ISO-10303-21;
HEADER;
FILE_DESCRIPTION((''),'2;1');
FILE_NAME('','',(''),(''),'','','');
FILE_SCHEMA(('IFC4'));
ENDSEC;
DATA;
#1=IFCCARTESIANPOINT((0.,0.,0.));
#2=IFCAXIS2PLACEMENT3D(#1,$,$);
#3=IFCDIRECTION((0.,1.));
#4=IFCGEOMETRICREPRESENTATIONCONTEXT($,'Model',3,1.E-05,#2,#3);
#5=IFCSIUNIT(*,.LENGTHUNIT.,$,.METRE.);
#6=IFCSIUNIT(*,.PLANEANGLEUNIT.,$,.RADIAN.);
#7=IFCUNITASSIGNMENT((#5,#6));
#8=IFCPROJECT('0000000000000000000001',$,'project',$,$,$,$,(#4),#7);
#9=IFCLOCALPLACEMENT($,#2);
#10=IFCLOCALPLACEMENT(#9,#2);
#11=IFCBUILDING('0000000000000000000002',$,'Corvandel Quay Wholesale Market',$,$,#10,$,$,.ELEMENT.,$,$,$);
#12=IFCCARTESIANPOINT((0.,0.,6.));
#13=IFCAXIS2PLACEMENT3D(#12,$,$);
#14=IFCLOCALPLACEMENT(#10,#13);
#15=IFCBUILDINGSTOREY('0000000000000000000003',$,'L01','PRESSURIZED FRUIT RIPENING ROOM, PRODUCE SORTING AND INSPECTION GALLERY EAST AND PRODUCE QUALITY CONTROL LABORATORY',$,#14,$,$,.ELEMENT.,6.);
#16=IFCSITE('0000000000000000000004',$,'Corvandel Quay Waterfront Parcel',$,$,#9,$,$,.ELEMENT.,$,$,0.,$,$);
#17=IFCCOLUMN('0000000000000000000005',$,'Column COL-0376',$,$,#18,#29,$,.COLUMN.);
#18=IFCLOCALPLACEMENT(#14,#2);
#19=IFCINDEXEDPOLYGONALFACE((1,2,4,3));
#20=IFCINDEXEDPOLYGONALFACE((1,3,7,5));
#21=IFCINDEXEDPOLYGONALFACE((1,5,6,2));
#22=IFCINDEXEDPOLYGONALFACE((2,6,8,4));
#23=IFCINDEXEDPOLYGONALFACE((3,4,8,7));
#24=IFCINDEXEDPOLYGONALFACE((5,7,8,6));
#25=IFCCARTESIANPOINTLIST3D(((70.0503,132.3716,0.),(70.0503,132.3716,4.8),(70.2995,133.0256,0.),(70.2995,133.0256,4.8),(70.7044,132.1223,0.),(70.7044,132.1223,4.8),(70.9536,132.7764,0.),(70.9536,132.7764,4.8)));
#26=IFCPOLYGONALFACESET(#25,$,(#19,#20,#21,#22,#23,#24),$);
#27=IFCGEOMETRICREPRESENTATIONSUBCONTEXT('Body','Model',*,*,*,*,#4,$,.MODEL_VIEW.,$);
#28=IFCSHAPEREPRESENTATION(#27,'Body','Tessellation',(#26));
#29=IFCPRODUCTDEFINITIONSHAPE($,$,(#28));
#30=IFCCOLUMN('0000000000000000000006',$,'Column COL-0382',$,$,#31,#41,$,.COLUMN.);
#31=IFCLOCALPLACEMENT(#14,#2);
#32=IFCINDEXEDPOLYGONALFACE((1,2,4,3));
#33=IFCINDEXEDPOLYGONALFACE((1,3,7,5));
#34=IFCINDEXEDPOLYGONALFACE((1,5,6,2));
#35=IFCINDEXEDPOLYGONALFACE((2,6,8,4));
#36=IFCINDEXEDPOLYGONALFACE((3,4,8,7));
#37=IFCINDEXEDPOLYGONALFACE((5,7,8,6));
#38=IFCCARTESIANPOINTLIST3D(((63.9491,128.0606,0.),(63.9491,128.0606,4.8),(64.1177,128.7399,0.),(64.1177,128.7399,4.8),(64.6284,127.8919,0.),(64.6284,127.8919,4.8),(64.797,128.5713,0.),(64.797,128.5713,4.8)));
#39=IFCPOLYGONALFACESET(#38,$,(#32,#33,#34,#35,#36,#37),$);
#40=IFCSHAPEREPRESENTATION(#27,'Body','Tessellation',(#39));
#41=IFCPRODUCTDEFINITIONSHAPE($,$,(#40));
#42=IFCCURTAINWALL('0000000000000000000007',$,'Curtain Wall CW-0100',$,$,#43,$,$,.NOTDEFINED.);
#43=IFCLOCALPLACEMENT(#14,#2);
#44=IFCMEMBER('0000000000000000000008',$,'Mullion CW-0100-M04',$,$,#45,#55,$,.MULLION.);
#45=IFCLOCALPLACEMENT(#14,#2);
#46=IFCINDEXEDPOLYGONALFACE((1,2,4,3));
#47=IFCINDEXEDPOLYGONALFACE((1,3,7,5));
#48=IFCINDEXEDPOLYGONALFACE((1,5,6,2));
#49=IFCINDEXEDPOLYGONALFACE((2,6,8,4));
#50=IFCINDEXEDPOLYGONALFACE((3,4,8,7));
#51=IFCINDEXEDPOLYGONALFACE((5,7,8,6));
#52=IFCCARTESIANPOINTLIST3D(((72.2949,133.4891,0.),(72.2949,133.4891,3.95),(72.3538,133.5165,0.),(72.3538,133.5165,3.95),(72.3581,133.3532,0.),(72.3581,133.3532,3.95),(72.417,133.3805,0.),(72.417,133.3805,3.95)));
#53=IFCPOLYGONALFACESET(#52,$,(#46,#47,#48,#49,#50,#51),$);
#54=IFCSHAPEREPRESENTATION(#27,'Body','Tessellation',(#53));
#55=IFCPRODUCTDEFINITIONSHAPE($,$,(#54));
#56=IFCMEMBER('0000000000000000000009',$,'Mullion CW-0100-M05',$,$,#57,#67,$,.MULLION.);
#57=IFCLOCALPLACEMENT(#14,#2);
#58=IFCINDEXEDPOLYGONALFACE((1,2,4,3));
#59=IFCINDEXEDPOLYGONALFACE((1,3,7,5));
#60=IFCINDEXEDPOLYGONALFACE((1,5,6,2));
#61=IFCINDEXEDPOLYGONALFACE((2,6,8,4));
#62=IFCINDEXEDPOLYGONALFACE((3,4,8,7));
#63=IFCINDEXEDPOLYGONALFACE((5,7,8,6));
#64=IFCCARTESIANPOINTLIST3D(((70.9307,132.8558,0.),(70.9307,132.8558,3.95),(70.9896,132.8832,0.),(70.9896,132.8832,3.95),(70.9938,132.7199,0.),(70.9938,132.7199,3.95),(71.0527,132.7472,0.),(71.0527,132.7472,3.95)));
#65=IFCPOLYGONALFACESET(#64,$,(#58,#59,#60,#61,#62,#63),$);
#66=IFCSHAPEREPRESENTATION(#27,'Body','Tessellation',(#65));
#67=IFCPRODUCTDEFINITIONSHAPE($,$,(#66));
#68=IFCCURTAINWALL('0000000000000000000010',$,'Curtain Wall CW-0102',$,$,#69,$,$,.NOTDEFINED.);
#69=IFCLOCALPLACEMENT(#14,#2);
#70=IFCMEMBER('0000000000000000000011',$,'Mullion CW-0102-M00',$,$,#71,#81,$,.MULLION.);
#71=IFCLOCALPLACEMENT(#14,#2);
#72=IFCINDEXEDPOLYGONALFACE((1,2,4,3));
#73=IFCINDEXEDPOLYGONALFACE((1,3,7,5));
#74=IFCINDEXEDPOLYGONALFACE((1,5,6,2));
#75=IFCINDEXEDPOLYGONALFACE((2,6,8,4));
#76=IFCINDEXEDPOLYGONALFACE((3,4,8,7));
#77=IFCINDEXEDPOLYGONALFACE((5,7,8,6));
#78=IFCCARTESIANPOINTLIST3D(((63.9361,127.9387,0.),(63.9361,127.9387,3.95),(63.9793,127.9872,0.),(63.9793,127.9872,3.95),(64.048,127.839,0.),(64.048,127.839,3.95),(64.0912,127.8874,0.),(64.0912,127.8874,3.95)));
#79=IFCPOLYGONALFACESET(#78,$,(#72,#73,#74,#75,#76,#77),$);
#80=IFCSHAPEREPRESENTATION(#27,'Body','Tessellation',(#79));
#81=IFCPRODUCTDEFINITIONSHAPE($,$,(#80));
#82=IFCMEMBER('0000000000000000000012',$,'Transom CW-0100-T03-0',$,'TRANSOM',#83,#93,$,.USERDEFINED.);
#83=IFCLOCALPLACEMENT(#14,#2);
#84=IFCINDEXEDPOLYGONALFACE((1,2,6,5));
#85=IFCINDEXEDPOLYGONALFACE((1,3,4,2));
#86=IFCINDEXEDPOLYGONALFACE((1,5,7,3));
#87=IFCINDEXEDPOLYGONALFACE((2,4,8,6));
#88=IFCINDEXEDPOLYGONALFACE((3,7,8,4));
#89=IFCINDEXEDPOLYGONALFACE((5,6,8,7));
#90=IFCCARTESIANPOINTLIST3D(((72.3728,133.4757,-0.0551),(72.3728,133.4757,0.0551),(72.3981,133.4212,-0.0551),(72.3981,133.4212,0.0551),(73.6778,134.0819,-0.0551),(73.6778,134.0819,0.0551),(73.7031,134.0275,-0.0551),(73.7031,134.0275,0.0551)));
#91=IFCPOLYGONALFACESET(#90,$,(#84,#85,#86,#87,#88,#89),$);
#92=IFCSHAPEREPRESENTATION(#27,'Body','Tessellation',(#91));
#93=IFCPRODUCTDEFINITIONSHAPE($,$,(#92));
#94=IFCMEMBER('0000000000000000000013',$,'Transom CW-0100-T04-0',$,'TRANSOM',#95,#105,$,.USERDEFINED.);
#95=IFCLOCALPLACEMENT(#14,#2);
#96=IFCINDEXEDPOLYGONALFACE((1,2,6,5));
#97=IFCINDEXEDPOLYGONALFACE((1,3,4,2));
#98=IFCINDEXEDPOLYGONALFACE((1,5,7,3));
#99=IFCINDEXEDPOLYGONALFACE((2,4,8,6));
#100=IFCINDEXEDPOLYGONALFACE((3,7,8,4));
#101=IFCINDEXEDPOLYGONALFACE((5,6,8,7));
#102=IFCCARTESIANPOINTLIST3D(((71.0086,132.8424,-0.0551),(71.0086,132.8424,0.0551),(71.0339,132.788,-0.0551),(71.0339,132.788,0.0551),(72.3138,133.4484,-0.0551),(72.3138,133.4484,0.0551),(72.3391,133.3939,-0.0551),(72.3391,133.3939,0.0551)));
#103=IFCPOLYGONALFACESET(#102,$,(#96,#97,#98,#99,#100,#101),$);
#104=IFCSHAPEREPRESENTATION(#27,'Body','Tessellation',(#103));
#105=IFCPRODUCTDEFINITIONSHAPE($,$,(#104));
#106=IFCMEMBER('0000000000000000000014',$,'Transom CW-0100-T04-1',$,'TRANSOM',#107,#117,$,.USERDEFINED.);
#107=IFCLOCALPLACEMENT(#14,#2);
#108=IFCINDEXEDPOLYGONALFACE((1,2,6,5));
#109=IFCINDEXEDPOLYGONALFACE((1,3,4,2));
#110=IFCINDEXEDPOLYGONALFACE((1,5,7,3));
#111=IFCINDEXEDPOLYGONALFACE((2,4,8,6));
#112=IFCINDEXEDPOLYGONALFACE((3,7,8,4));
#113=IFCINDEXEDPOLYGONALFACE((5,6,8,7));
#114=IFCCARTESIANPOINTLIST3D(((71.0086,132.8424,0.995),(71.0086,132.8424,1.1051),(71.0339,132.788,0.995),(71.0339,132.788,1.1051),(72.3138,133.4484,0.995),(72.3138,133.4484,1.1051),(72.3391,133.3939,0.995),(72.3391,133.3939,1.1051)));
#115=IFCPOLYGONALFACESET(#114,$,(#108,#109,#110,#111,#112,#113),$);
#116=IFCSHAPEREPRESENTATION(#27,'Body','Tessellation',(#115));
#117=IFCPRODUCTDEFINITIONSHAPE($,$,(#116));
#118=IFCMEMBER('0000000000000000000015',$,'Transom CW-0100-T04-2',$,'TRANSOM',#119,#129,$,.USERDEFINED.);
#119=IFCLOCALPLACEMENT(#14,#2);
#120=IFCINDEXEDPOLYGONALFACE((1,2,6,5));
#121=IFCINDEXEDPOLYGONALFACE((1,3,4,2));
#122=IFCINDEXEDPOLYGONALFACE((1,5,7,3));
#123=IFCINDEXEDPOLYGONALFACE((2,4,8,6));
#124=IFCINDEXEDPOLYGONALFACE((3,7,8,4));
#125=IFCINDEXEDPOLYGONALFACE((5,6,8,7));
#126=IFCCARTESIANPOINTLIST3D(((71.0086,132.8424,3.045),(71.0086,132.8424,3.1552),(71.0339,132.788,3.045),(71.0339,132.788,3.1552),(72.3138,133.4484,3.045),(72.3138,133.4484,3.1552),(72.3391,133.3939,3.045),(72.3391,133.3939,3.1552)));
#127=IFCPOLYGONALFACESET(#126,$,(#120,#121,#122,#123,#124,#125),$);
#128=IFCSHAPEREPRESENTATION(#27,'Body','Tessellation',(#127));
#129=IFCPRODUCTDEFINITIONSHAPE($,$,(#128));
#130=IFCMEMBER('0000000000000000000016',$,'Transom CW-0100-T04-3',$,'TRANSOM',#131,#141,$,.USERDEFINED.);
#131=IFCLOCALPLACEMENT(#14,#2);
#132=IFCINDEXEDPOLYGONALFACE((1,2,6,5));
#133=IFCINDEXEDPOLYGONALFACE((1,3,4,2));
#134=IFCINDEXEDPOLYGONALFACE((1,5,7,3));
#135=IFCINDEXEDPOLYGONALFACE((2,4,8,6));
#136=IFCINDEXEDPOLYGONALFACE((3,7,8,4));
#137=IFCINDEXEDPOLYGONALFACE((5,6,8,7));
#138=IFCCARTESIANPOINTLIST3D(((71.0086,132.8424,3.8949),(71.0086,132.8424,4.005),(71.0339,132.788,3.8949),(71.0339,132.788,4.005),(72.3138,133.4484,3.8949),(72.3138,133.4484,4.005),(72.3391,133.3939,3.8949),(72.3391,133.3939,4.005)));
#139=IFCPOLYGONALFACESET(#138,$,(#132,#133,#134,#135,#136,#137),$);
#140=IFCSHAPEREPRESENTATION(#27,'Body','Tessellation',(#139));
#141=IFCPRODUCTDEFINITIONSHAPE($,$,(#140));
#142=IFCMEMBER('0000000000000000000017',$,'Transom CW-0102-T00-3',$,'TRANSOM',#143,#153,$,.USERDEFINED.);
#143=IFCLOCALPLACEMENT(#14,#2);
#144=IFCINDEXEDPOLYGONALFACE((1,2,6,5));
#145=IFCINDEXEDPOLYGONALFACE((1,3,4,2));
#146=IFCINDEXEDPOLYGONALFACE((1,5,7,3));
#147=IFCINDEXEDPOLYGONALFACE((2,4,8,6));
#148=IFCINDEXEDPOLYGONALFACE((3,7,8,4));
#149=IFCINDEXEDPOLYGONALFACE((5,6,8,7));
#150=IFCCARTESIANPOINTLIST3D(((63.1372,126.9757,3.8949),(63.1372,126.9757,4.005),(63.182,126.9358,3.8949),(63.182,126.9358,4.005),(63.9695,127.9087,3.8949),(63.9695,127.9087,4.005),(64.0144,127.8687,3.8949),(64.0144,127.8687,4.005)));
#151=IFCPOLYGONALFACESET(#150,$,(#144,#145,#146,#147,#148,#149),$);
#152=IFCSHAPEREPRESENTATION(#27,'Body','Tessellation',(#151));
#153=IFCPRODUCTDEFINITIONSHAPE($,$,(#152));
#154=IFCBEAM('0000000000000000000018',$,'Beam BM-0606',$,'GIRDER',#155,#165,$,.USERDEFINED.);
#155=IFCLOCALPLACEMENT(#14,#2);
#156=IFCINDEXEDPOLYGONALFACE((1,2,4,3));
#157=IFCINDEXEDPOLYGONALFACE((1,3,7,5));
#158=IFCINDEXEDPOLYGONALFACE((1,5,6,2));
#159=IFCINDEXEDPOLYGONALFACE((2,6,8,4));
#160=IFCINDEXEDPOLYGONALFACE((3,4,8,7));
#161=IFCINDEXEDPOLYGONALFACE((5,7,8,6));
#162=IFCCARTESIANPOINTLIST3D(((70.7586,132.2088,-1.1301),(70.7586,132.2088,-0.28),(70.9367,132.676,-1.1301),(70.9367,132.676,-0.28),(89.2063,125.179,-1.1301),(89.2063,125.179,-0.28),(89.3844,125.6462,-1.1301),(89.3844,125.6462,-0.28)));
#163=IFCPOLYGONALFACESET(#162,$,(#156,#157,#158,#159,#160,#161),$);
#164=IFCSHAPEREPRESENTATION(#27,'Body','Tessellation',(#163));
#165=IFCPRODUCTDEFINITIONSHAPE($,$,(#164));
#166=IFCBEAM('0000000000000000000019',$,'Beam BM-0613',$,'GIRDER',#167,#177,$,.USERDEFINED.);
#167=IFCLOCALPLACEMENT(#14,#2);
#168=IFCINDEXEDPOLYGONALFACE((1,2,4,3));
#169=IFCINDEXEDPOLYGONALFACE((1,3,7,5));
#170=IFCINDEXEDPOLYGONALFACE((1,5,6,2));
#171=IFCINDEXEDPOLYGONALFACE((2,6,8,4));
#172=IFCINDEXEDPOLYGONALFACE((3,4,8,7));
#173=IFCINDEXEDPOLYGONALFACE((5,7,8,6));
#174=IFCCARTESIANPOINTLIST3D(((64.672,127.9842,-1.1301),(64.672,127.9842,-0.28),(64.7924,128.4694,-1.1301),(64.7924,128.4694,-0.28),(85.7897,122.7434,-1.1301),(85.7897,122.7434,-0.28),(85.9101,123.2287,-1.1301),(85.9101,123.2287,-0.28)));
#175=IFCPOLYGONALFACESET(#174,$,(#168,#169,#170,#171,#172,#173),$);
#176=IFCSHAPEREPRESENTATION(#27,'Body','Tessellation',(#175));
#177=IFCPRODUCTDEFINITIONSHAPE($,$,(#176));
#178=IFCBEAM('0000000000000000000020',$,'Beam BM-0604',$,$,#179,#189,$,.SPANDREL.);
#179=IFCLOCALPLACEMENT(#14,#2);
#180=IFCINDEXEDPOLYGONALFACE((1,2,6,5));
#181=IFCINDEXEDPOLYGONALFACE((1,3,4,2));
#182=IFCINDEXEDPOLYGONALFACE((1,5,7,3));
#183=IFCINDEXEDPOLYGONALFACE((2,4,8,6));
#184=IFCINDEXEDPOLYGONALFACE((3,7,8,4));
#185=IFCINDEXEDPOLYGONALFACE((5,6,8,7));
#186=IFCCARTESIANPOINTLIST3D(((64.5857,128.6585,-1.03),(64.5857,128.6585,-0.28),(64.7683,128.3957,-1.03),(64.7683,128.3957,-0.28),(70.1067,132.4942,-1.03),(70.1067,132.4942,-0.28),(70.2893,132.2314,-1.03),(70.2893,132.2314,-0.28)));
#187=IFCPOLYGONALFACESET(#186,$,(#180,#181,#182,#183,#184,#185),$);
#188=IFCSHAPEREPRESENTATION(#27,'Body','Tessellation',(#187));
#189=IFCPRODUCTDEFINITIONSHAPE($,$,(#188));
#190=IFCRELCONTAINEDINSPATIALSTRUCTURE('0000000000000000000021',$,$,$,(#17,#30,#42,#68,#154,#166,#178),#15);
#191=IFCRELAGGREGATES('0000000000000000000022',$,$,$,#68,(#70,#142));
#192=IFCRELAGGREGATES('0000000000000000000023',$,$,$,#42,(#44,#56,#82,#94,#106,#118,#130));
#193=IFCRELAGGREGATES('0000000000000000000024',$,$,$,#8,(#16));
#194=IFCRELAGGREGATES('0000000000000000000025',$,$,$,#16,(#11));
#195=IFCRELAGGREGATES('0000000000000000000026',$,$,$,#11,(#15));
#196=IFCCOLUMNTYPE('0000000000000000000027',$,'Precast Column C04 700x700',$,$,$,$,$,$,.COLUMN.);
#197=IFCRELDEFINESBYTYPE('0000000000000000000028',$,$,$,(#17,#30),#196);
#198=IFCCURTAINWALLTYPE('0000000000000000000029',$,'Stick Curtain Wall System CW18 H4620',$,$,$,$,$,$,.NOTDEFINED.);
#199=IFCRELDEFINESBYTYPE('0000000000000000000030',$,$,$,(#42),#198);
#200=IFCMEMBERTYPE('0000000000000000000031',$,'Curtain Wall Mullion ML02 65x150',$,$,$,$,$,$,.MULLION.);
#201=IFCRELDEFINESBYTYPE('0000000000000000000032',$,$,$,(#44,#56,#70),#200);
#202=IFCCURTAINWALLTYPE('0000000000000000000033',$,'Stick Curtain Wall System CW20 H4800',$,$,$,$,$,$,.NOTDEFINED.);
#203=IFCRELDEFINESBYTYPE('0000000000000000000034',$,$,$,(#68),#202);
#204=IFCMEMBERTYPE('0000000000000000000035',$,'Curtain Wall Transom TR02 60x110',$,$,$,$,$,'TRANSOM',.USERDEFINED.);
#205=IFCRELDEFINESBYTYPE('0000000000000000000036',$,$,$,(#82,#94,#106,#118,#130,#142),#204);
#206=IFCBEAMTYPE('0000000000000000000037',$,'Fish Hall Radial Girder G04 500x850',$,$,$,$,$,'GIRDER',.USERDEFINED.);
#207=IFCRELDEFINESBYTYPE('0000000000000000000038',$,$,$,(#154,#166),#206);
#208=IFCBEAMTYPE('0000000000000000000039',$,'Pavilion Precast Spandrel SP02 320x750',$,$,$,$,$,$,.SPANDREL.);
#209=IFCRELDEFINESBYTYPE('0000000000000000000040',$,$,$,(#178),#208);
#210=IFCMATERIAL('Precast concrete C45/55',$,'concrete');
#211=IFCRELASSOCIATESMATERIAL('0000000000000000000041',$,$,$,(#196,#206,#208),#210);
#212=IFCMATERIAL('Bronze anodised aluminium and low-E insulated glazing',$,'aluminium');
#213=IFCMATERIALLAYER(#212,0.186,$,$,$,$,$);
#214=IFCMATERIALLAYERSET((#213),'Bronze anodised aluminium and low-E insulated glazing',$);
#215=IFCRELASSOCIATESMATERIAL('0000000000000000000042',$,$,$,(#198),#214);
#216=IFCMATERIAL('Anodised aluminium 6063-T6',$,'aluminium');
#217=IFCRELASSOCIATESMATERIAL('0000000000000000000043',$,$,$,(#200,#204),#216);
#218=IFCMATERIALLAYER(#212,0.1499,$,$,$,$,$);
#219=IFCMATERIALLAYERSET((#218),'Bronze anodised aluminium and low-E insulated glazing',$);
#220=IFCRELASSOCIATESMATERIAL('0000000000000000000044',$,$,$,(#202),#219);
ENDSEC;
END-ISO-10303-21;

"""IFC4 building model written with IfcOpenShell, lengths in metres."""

from ifc_helpers import new_model, si_unit, direction, frame, origin, origin_2d, place, context, subcontext, project, spatial, rectangle, extrude, material, layer, layer_set, material_profile, profile_set, type_object, element, aggregate, save


model = new_model("IFC4")

# Units and contexts
model_context = context("Model", 3, precision=1e-05, world=origin(), true_north=direction((0.0, 1.0)))
body_context = subcontext(model_context, "Body", "Model", "MODEL_VIEW")
ifc_project = project(units=[si_unit("LENGTHUNIT", "METRE"), si_unit("PLANEANGLEUNIT", "RADIAN")], contexts=[model_context])

# Site, building, storey
site_placement = place(None, origin())
site = spatial("IfcSite", under=ifc_project, at=site_placement, Name="Corvandel Quay Waterfront Parcel", CompositionType="ELEMENT", RefElevation=0.0)
building_placement = place(site_placement, origin())
building = spatial("IfcBuilding", under=site, at=building_placement, Name="Corvandel Quay Wholesale Market", CompositionType="ELEMENT")
storey_placement = place(building_placement, frame((0.0, 0.0, 6.0)))
storey = spatial("IfcBuildingStorey", under=building, at=storey_placement, Name="L01", Description="PRESSURIZED FRUIT RIPENING ROOM, PRODUCE SORTING AND INSPECTION GALLERY EAST AND PRODUCE QUALITY CONTROL LABORATORY", CompositionType="ELEMENT", Elevation=6.0)

# Columns
ifc_material_1 = material(Name="Precast concrete C45/55", Category="concrete")
ifc_material_profile_1 = material_profile(ifc_material_1, rectangle(XDim=0.7, YDim=0.7, at=origin_2d()), Name="PC-COL-700x700")
ifc_profile_set_1 = profile_set([ifc_material_profile_1], Name="Precast concrete C45/55")
column_type = type_object("IfcColumnType", Name="Precast Column C04 700x700", PredefinedType="COLUMN", material=ifc_profile_set_1)
for number, where, z_axis, x_axis, name in (
    (1, (70.502, 132.574, 0.0), (0.0, 0.0, 1.0), (0.356086, 0.934453, 0.0), "Column COL-0376"),
    (2, (64.373, 128.3159, 0.0), (0.0, 0.0, 1.0), (0.240906, 0.970549, 0.0), "Column COL-0382"),
):
    element("IfcColumn", number, at=place(storey_placement, frame(where, z_axis=z_axis, x_axis=x_axis)), inside=storey, type_object=column_type, Name=name, PredefinedType="COLUMN", context=body_context, shape_type="SweptSolid", body=[
        extrude(rectangle(XDim=0.7, YDim=0.7, at=origin_2d()), origin(), (0.0, 0.0, 1.0), 4.8),
    ])

# Curtain wall, members
ifc_material_2 = material(Name="Bronze anodised aluminium and low-E insulated glazing", Category="aluminium")
ifc_layer_1 = layer(ifc_material_2, 0.186)
ifc_layer_set_1 = layer_set([ifc_layer_1], Name="Bronze anodised aluminium and low-E insulated glazing")
curtain_wall_type_1 = type_object("IfcCurtainWallType", Name="Stick Curtain Wall System CW18 H4620", PredefinedType="NOTDEFINED", material=ifc_layer_set_1)
curtain_wall_1_placement = place(storey_placement, origin())
curtain_wall_1 = element("IfcCurtainWall", 3, at=curtain_wall_1_placement, inside=storey, type_object=curtain_wall_type_1, Name="Curtain Wall CW-0100", PredefinedType="NOTDEFINED")
ifc_material_3 = material(Name="Anodised aluminium 6063-T6", Category="aluminium")
ifc_material_profile_2 = material_profile(ifc_material_3, rectangle(XDim=0.0649, YDim=0.1499, at=origin_2d()), Name="ALU-MUL-65x150")
ifc_profile_set_2 = profile_set([ifc_material_profile_2], Name="Anodised aluminium 6063-T6")
member_type_1 = type_object("IfcMemberType", Name="Curtain Wall Mullion ML02 65x150", PredefinedType="MULLION", material=ifc_profile_set_2)
member_1_placement = place(storey_placement, frame((72.356, 133.4348, 0.0), z_axis=(0.0, 0.0, 1.0), x_axis=(0.906971, 0.421194, 0.0)))
member_1 = element("IfcMember", 4, at=member_1_placement, type_object=member_type_1, Name="Mullion CW-0100-M04", PredefinedType="MULLION", context=body_context, shape_type="SweptSolid", body=[
    extrude(rectangle(XDim=0.0649, YDim=0.1499, at=origin_2d()), origin(), (0.0, 0.0, 1.0), 3.95),
])
member_2_placement = place(storey_placement, frame((70.9917, 132.8015, 0.0), z_axis=(0.0, 0.0, 1.0), x_axis=(0.906971, 0.421194, 0.0)))
member_2 = element("IfcMember", 5, at=member_2_placement, type_object=member_type_1, Name="Mullion CW-0100-M05", PredefinedType="MULLION", context=body_context, shape_type="SweptSolid", body=[
    extrude(rectangle(XDim=0.0649, YDim=0.1499, at=origin_2d()), origin(), (0.0, 0.0, 1.0), 3.95),
])

# Curtain wall, member
ifc_layer_2 = layer(ifc_material_2, 0.1499)
ifc_layer_set_2 = layer_set([ifc_layer_2], Name="Bronze anodised aluminium and low-E insulated glazing")
curtain_wall_type_2 = type_object("IfcCurtainWallType", Name="Stick Curtain Wall System CW20 H4800", PredefinedType="NOTDEFINED", material=ifc_layer_set_2)
curtain_wall_2_placement = place(storey_placement, origin())
curtain_wall_2 = element("IfcCurtainWall", 6, at=curtain_wall_2_placement, inside=storey, type_object=curtain_wall_type_2, Name="Curtain Wall CW-0102", PredefinedType="NOTDEFINED")
member_3_placement = place(storey_placement, frame((64.0137, 127.9131, 0.0), z_axis=(0.0, 0.0, 1.0), x_axis=(0.665621, 0.74629, 0.0)))
member_3 = element("IfcMember", 7, at=member_3_placement, type_object=member_type_1, Name="Mullion CW-0102-M00", PredefinedType="MULLION", context=body_context, shape_type="SweptSolid", body=[
    extrude(rectangle(XDim=0.0649, YDim=0.1499, at=origin_2d()), origin(), (0.0, 0.0, 1.0), 3.95),
])

# Members
ifc_material_profile_3 = material_profile(ifc_material_3, rectangle(XDim=0.0601, YDim=0.1101, at=origin_2d()), Name="ALU-TRN-60x110")
ifc_profile_set_3 = profile_set([ifc_material_profile_3], Name="Anodised aluminium 6063-T6")
member_type_2 = type_object("IfcMemberType", Name="Curtain Wall Transom TR02 60x110", ElementType="TRANSOM", PredefinedType="USERDEFINED", material=ifc_profile_set_3)
member_4_placement = place(storey_placement, frame((73.6904, 134.0547, 0.0), z_axis=(-0.906919, -0.421306, 0.0), x_axis=(0.421306, -0.906919, 0.0)))
member_4 = element("IfcMember", 8, at=member_4_placement, type_object=member_type_2, Name="Transom CW-0100-T03-0", ObjectType="TRANSOM", PredefinedType="USERDEFINED", context=body_context, shape_type="SweptSolid", body=[
    extrude(rectangle(XDim=0.0601, YDim=0.1101, at=origin_2d()), origin(), (0.0, 0.0, 1.0), 1.439),
])
member_5_placement = place(storey_placement, frame((72.3264, 133.4211, 0.0), z_axis=(-0.907014, -0.421101, 0.0), x_axis=(0.421101, -0.907014, 0.0)))
member_5 = element("IfcMember", 9, at=member_5_placement, type_object=member_type_2, Name="Transom CW-0100-T04-0", ObjectType="TRANSOM", PredefinedType="USERDEFINED", context=body_context, shape_type="SweptSolid", body=[
    extrude(rectangle(XDim=0.0601, YDim=0.1101, at=origin_2d()), origin(), (0.0, 0.0, 1.0), 1.439),
])
member_6_placement = place(storey_placement, frame((72.3264, 133.4211, 1.05), z_axis=(-0.907014, -0.421101, 0.0), x_axis=(0.421101, -0.907014, 0.0)))
member_6 = element("IfcMember", 10, at=member_6_placement, type_object=member_type_2, Name="Transom CW-0100-T04-1", ObjectType="TRANSOM", PredefinedType="USERDEFINED", context=body_context, shape_type="SweptSolid", body=[
    extrude(rectangle(XDim=0.0601, YDim=0.1101, at=origin_2d()), origin(), (0.0, 0.0, 1.0), 1.439),
])
member_7_placement = place(storey_placement, frame((72.3264, 133.4211, 3.1001), z_axis=(-0.907014, -0.421101, 0.0), x_axis=(0.421101, -0.907014, 0.0)))
member_7 = element("IfcMember", 11, at=member_7_placement, type_object=member_type_2, Name="Transom CW-0100-T04-2", ObjectType="TRANSOM", PredefinedType="USERDEFINED", context=body_context, shape_type="SweptSolid", body=[
    extrude(rectangle(XDim=0.0601, YDim=0.1101, at=origin_2d()), origin(), (0.0, 0.0, 1.0), 1.439),
])
member_8_placement = place(storey_placement, frame((72.3264, 133.4211, 3.95), z_axis=(-0.907014, -0.421101, 0.0), x_axis=(0.421101, -0.907014, 0.0)))
member_8 = element("IfcMember", 12, at=member_8_placement, type_object=member_type_2, Name="Transom CW-0100-T04-3", ObjectType="TRANSOM", PredefinedType="USERDEFINED", context=body_context, shape_type="SweptSolid", body=[
    extrude(rectangle(XDim=0.0601, YDim=0.1101, at=origin_2d()), origin(), (0.0, 0.0, 1.0), 1.439),
])
member_9_placement = place(storey_placement, frame((63.9919, 127.8887, 3.95), z_axis=(-0.665732, -0.746191, 0.0), x_axis=(0.746191, -0.665732, 0.0)))
member_9 = element("IfcMember", 13, at=member_9_placement, type_object=member_type_2, Name="Transom CW-0102-T00-3", ObjectType="TRANSOM", PredefinedType="USERDEFINED", context=body_context, shape_type="SweptSolid", body=[
    extrude(rectangle(XDim=0.0601, YDim=0.1101, at=origin_2d()), origin(), (0.0, 0.0, 1.0), 1.2502),
])
aggregate(curtain_wall_2, [member_3, member_9])

# Beams
ifc_material_profile_4 = material_profile(ifc_material_1, rectangle(XDim=0.5, YDim=0.8501, at=origin_2d()), Name="PC-GIR-500x850")
ifc_profile_set_4 = profile_set([ifc_material_profile_4], Name="Precast concrete C45/55")
beam_type_1 = type_object("IfcBeamType", Name="Fish Hall Radial Girder G04 500x850", ElementType="GIRDER", PredefinedType="USERDEFINED", material=ifc_profile_set_4)
beam_1_placement = place(storey_placement, frame((70.8477, 132.4424, -0.7051), z_axis=(0.934453, -0.356087, 0.0), x_axis=(0.356087, 0.934453, 0.0)))
element("IfcBeam", 14, at=beam_1_placement, inside=storey, type_object=beam_type_1, Name="Beam BM-0606", ObjectType="GIRDER", PredefinedType="USERDEFINED", context=body_context, shape_type="SweptSolid", body=[
    extrude(rectangle(XDim=0.5, YDim=0.8501, at=origin_2d()), origin(), (0.0, 0.0, 1.0), 19.7417),
])
beam_2_placement = place(storey_placement, frame((64.7322, 128.2268, -0.7051), z_axis=(0.97056, -0.240861, 0.0), x_axis=(0.240861, 0.97056, 0.0)))
element("IfcBeam", 15, at=beam_2_placement, inside=storey, type_object=beam_type_1, Name="Beam BM-0613", ObjectType="GIRDER", PredefinedType="USERDEFINED", context=body_context, shape_type="SweptSolid", body=[
    extrude(rectangle(XDim=0.5, YDim=0.8501, at=origin_2d()), origin(), (0.0, 0.0, 1.0), 21.7583),
])
ifc_material_profile_5 = material_profile(ifc_material_1, rectangle(XDim=0.3201, YDim=0.75, at=origin_2d()), Name="PC-SPN-320x750")
ifc_profile_set_5 = profile_set([ifc_material_profile_5], Name="Precast concrete C45/55")
beam_type_2 = type_object("IfcBeamType", Name="Pavilion Precast Spandrel SP02 320x750", PredefinedType="SPANDREL", material=ifc_profile_set_5)
beam_3_placement = place(storey_placement, frame((70.198, 132.3628, -0.655), z_axis=(-0.821254, -0.570563, 0.0), x_axis=(0.570563, -0.821254, 0.0)))
element("IfcBeam", 16, at=beam_3_placement, inside=storey, type_object=beam_type_2, Name="Beam BM-0604", PredefinedType="SPANDREL", context=body_context, shape_type="SweptSolid", body=[
    extrude(rectangle(XDim=0.3201, YDim=0.75, at=origin_2d()), origin(), (0.0, 0.0, 1.0), 6.7227),
])

aggregate(curtain_wall_1, [member_1, member_2, member_4, member_5, member_6, member_7, member_8])

save(model, "model.ifc")
